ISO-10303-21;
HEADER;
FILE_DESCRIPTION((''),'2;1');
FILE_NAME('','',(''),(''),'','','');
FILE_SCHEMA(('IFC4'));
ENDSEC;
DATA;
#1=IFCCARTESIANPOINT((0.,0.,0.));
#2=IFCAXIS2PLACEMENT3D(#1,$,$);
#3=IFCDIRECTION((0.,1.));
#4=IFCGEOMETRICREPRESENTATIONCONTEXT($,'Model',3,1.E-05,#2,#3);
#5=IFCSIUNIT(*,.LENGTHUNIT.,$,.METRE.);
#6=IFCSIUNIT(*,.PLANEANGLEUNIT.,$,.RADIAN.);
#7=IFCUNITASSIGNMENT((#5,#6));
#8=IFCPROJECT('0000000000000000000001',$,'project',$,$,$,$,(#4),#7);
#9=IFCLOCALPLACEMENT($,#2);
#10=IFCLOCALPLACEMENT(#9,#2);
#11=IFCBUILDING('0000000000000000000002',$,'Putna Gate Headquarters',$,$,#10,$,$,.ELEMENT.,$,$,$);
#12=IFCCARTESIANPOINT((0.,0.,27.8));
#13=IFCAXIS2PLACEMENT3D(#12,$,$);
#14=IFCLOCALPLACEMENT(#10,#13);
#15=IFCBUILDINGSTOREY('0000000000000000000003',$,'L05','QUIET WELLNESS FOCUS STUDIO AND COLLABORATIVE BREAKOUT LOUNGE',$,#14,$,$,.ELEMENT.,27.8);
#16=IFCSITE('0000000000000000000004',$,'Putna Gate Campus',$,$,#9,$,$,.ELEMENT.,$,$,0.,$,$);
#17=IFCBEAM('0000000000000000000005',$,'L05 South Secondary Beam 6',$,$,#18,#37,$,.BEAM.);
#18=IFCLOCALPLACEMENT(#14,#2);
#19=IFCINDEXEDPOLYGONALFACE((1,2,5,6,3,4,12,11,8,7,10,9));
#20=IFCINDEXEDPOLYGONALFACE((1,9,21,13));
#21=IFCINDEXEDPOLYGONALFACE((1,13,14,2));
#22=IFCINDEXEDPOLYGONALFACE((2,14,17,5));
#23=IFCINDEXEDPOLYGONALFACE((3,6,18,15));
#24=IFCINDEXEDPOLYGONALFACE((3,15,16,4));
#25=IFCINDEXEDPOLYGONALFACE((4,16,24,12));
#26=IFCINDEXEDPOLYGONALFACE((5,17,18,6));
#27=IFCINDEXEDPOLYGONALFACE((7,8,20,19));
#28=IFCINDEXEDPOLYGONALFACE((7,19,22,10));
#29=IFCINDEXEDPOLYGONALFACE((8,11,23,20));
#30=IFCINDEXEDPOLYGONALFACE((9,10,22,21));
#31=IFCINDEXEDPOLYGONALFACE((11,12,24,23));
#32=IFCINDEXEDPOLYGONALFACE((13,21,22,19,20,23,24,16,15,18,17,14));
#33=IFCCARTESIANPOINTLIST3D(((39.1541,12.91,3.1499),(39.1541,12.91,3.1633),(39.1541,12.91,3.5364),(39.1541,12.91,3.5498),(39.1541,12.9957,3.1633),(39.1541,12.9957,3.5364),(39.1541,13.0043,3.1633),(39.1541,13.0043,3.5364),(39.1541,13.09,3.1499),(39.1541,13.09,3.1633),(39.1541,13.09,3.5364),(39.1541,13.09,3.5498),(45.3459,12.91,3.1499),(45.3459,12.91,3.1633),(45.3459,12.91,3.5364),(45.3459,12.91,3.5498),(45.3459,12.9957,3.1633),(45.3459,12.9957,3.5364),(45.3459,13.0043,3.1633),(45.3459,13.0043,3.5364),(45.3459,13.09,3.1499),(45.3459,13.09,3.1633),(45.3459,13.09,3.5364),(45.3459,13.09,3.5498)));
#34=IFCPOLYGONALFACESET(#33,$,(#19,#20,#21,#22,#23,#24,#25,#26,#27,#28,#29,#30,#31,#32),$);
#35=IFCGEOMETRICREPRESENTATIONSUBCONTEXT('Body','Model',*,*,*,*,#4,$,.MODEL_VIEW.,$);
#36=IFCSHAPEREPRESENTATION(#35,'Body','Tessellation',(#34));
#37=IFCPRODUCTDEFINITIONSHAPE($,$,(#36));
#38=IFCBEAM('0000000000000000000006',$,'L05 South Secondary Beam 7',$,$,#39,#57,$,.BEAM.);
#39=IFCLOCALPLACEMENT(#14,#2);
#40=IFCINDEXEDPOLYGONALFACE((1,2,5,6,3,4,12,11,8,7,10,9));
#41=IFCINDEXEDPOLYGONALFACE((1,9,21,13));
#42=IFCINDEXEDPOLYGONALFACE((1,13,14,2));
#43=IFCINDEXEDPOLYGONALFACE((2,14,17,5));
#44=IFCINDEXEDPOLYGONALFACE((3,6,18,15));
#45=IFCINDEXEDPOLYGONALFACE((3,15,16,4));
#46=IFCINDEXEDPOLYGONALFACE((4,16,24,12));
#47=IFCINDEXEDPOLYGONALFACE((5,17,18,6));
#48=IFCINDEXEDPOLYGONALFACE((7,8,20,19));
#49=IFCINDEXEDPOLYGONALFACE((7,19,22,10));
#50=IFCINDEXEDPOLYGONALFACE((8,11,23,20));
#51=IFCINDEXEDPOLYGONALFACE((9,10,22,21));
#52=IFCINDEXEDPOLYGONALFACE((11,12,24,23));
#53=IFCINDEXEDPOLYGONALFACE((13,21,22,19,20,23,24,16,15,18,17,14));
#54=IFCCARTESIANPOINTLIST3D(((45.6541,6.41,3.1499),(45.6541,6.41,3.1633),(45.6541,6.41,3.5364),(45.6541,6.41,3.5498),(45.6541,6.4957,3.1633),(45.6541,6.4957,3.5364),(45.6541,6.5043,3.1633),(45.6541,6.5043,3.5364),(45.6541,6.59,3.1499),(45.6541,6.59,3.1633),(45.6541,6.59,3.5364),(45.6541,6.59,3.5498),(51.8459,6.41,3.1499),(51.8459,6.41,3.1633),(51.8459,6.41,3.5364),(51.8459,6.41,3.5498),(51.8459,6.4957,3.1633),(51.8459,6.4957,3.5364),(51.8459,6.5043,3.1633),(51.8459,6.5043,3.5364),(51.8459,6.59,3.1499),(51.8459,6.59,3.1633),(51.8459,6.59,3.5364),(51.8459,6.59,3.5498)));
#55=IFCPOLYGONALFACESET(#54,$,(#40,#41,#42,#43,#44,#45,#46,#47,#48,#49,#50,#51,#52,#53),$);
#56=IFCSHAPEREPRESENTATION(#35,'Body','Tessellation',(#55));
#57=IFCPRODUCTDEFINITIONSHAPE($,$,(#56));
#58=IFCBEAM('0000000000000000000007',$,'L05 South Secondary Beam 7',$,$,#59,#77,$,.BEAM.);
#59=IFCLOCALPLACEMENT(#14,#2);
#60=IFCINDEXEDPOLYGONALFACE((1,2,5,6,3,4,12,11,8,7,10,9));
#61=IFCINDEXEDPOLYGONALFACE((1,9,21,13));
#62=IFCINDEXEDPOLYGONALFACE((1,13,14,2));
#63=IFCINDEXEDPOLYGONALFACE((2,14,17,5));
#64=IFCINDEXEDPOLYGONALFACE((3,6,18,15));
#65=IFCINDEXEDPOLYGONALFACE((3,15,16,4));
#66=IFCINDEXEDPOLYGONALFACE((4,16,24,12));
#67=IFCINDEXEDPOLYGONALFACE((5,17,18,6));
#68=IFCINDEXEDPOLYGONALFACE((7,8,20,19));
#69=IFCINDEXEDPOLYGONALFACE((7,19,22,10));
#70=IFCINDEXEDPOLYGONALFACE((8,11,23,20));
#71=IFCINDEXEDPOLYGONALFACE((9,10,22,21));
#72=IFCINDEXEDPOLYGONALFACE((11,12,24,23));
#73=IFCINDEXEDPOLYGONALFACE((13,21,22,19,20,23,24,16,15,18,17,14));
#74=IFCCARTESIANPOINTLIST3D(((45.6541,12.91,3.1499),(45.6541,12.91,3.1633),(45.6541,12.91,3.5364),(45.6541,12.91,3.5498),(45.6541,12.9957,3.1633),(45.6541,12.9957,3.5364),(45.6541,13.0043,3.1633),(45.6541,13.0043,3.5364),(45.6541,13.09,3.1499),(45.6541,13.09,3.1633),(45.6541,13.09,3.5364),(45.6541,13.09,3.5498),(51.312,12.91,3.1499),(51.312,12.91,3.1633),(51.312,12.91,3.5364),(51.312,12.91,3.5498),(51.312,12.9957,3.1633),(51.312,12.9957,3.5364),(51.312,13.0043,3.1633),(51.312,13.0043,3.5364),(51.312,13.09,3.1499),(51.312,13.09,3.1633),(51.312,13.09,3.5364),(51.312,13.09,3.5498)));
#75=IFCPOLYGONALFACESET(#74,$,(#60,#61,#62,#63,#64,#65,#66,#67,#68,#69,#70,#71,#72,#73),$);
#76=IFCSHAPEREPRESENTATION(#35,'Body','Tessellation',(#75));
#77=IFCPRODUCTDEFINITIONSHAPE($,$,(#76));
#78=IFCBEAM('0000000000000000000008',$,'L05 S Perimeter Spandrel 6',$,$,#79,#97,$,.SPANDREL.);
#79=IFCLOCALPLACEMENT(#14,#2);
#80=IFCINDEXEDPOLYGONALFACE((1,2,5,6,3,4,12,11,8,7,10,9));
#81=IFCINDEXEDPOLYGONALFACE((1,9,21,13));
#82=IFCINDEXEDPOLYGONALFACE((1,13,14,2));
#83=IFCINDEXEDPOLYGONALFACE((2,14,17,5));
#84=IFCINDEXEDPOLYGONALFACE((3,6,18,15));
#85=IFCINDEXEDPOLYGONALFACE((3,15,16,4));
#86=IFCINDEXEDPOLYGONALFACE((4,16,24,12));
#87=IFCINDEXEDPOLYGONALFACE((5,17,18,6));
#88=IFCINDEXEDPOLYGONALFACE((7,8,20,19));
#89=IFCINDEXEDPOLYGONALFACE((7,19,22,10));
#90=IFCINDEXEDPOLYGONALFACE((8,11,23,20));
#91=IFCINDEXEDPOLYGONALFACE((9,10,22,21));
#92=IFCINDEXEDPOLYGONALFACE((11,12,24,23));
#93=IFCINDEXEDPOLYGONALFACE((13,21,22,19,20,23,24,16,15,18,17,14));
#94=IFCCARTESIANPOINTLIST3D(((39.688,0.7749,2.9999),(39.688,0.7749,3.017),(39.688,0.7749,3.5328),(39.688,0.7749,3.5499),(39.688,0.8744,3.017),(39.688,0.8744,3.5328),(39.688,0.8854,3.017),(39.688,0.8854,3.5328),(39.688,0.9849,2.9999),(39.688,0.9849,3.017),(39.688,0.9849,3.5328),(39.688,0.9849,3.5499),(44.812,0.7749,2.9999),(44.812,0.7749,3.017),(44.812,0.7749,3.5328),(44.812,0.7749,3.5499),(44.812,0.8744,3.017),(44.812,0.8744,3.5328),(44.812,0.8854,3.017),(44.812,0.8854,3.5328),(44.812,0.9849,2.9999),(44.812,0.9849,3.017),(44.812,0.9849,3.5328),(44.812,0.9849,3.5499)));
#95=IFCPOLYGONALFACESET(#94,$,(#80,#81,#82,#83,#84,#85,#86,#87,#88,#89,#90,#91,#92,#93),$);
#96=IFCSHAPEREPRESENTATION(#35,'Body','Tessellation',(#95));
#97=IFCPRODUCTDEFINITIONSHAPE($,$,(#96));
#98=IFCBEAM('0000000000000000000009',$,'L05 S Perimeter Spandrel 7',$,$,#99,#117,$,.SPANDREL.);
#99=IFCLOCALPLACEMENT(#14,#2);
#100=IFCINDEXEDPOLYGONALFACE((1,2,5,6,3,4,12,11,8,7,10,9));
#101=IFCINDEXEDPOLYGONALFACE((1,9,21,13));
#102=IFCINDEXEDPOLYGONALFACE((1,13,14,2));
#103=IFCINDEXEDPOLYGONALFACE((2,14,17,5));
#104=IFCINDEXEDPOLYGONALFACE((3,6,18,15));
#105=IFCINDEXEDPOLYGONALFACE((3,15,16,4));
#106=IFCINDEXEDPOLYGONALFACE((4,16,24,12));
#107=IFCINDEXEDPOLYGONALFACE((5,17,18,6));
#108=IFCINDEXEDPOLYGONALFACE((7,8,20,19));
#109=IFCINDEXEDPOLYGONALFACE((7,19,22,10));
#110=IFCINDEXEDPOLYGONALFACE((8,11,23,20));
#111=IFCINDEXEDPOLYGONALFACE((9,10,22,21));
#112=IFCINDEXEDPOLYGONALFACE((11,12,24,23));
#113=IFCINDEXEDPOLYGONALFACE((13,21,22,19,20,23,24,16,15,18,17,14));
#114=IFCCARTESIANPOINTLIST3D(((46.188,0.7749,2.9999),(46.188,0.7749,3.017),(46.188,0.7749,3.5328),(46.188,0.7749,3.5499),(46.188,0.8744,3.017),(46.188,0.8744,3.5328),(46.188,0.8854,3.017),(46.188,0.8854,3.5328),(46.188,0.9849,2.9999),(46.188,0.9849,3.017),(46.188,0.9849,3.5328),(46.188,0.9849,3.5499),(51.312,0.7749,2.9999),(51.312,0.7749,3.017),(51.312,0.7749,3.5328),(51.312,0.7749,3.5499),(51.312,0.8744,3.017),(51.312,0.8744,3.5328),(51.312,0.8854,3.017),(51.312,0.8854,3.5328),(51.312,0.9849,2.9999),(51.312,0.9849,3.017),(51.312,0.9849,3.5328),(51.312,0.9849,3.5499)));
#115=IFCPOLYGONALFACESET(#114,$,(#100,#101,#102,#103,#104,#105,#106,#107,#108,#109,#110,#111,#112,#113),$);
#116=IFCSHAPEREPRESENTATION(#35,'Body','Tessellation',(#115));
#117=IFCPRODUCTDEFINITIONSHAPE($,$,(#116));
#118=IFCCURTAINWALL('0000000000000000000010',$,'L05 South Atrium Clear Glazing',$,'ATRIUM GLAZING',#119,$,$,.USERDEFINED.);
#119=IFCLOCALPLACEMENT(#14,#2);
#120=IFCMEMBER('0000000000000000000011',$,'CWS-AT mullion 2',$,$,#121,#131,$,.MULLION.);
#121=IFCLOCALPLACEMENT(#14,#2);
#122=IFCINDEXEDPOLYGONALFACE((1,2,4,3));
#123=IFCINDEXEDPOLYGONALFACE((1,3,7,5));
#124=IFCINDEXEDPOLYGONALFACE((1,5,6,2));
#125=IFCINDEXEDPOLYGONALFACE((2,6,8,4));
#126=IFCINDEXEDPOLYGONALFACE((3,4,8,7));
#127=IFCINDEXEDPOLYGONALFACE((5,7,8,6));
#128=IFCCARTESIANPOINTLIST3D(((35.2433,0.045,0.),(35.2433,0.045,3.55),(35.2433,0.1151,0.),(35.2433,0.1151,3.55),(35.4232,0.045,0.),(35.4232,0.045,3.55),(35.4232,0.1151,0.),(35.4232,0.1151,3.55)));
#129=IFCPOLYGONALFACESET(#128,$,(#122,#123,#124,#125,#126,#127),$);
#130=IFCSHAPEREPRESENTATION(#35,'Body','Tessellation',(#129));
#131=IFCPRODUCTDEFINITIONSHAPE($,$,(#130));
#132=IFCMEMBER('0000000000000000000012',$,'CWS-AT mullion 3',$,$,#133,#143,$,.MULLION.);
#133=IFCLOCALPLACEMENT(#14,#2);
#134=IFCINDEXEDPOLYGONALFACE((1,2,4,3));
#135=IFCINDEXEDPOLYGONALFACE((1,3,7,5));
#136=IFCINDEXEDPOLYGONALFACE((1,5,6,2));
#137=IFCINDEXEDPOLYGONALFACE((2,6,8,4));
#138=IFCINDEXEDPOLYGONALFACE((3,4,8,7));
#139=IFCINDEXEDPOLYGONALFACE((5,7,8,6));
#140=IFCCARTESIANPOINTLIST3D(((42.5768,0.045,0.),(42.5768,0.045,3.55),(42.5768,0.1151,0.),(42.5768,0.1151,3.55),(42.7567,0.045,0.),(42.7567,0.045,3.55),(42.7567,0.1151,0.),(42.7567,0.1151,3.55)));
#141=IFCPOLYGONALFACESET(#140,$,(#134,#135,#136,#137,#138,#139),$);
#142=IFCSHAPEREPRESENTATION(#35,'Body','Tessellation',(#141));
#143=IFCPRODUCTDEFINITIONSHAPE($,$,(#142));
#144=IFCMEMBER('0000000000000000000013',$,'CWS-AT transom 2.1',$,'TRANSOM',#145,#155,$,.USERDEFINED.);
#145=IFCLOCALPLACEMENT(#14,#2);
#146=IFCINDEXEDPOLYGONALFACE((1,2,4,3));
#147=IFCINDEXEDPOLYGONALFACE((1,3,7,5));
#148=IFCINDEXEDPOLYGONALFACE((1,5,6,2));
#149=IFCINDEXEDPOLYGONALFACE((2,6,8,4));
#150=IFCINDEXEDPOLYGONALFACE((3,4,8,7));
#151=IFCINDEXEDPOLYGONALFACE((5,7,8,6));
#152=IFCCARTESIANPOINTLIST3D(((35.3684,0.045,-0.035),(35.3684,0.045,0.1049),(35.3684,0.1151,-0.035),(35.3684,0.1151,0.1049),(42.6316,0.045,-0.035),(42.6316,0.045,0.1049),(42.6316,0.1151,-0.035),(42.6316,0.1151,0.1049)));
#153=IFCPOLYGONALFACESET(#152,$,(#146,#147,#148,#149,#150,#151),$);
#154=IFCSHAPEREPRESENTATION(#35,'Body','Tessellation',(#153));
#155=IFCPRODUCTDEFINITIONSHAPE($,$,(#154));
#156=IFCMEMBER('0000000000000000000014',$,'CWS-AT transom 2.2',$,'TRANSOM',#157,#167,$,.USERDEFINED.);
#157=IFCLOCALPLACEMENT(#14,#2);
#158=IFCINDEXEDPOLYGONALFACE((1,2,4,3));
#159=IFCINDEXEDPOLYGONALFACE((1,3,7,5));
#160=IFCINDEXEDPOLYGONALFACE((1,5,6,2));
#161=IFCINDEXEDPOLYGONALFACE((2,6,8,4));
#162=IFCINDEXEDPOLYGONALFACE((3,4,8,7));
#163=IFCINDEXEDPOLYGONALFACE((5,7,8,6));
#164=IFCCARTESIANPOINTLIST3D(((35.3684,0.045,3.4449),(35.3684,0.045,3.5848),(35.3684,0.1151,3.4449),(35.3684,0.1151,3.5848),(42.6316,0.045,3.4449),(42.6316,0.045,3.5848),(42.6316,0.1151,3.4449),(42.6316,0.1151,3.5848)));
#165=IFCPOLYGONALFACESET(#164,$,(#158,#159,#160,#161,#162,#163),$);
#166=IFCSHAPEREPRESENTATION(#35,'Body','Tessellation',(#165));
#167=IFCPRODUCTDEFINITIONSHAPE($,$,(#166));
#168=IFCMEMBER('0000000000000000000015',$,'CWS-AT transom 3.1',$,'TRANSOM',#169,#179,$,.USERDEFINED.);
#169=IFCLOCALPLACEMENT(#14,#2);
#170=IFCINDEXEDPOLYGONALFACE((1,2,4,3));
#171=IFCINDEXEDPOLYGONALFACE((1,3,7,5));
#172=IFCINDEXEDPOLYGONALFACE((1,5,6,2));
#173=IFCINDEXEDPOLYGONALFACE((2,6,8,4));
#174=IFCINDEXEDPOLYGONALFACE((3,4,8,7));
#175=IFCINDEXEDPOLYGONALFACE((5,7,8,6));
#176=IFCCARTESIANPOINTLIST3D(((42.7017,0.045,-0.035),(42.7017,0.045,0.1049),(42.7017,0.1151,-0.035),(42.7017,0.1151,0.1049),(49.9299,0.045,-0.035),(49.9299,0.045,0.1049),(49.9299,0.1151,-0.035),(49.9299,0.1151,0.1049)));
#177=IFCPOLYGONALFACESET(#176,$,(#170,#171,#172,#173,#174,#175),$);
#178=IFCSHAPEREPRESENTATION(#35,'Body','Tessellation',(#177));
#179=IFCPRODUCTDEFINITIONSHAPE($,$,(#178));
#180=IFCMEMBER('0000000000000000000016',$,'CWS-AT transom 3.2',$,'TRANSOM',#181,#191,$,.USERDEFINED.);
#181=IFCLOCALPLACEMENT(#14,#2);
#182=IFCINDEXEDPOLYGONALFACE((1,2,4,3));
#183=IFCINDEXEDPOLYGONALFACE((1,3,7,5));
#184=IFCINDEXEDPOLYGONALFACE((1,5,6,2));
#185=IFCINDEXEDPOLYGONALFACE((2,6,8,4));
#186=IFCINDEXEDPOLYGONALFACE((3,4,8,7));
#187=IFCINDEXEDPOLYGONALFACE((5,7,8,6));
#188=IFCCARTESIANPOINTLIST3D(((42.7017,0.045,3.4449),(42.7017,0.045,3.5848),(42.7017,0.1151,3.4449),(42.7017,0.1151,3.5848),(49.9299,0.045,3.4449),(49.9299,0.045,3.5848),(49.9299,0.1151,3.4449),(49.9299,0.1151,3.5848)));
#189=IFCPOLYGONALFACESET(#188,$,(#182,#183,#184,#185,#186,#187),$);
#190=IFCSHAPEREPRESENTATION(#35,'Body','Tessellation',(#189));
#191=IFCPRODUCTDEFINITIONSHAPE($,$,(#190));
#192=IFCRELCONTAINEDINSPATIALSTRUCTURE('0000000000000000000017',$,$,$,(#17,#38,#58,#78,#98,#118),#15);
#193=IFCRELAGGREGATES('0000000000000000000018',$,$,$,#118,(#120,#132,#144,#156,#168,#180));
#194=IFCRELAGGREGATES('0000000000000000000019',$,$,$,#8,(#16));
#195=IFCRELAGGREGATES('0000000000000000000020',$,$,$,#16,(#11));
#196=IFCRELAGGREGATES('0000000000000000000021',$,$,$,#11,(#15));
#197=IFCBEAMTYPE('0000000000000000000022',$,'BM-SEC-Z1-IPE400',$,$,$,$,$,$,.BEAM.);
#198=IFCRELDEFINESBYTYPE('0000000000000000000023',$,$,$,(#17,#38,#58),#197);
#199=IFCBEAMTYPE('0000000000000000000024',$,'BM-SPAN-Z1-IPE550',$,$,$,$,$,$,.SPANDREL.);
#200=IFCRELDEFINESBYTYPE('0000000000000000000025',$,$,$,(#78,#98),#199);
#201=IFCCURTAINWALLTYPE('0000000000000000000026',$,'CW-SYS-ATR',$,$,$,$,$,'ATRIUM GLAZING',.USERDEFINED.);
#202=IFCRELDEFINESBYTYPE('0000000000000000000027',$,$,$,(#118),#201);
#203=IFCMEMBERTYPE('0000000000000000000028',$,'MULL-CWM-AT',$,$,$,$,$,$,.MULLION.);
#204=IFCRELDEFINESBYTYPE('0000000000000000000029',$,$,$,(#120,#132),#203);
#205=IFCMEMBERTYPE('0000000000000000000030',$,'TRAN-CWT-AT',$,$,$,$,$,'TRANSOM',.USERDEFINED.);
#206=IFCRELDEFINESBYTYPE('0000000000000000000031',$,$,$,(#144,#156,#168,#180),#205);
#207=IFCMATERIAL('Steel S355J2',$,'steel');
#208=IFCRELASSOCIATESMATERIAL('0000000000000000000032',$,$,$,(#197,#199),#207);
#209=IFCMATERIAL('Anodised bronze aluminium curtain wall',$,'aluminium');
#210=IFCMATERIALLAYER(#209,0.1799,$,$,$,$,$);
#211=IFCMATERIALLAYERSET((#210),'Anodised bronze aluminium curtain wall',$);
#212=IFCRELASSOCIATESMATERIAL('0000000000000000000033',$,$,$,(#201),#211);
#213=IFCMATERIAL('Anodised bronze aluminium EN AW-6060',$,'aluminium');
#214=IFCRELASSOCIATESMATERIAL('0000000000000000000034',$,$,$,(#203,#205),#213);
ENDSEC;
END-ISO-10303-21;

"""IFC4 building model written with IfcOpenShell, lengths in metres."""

from ifc_helpers import new_model, si_unit, direction, frame, origin, origin_2d, place, context, subcontext, project, spatial, rectangle, i_section, extrude, material, layer, layer_set, material_profile, profile_set, type_object, element, aggregate, save


model = new_model("IFC4")

# Units and contexts
model_context = context("Model", 3, precision=1e-05, world=origin(), true_north=direction((0.0, 1.0)))
body_context = subcontext(model_context, "Body", "Model", "MODEL_VIEW")
ifc_project = project(units=[si_unit("LENGTHUNIT", "METRE"), si_unit("PLANEANGLEUNIT", "RADIAN")], contexts=[model_context])

# Site, building, storey
site_placement = place(None, origin())
site = spatial("IfcSite", under=ifc_project, at=site_placement, Name="Putna Gate Campus", CompositionType="ELEMENT", RefElevation=0.0)
building_placement = place(site_placement, origin())
building = spatial("IfcBuilding", under=site, at=building_placement, Name="Putna Gate Headquarters", CompositionType="ELEMENT")
storey_placement = place(building_placement, frame((0.0, 0.0, 27.8)))
storey = spatial("IfcBuildingStorey", under=building, at=storey_placement, Name="L05", Description="QUIET WELLNESS FOCUS STUDIO AND COLLABORATIVE BREAKOUT LOUNGE", CompositionType="ELEMENT", Elevation=27.8)

# Beams
ifc_material_1 = material(Name="Steel S355J2", Category="steel")
ifc_material_profile_1 = material_profile(ifc_material_1, i_section(OverallWidth=0.1799, OverallDepth=0.3999, WebThickness=0.0085, FlangeThickness=0.0134, at=origin_2d()), Name="Steel S355J2")
ifc_profile_set_1 = profile_set([ifc_material_profile_1], Name="Steel S355J2")
beam_type_1 = type_object("IfcBeamType", Name="BM-SEC-Z1-IPE400", PredefinedType="BEAM", material=ifc_profile_set_1)
for number, where, z_axis, x_axis, name in (
    (1, (39.1541, 13.0, 3.3499), (1.0, 0.0, 0.0), (0.0, 1.0, 0.0), "L05 South Secondary Beam 6"),
    (2, (45.6541, 6.5, 3.3499), (1.0, 0.0, 0.0), (0.0, 1.0, 0.0), "L05 South Secondary Beam 7"),
):
    element("IfcBeam", number, at=place(storey_placement, frame(where, z_axis=z_axis, x_axis=x_axis)), inside=storey, type_object=beam_type_1, Name=name, PredefinedType="BEAM", context=body_context, shape_type="SweptSolid", body=[
        extrude(i_section(OverallWidth=0.1799, OverallDepth=0.3999, WebThickness=0.0085, FlangeThickness=0.0134, at=origin_2d()), origin(), (0.0, 0.0, 1.0), 6.1919),
    ])
beam_1_placement = place(storey_placement, frame((45.6541, 13.0, 3.3499), z_axis=(1.0, 0.0, 0.0), x_axis=(0.0, 1.0, 0.0)))
element("IfcBeam", 3, at=beam_1_placement, inside=storey, type_object=beam_type_1, Name="L05 South Secondary Beam 7", PredefinedType="BEAM", context=body_context, shape_type="SweptSolid", body=[
    extrude(i_section(OverallWidth=0.1799, OverallDepth=0.3999, WebThickness=0.0085, FlangeThickness=0.0134, at=origin_2d()), origin(), (0.0, 0.0, 1.0), 5.658),
])
ifc_material_profile_2 = material_profile(ifc_material_1, i_section(OverallWidth=0.21, OverallDepth=0.55, WebThickness=0.011, FlangeThickness=0.0171, at=origin_2d()), Name="Steel S355J2")
ifc_profile_set_2 = profile_set([ifc_material_profile_2], Name="Steel S355J2")
beam_type_2 = type_object("IfcBeamType", Name="BM-SPAN-Z1-IPE550", PredefinedType="SPANDREL", material=ifc_profile_set_2)
for number, where, z_axis, x_axis, name in (
    (4, (39.688, 0.8799, 3.2749), (1.0, 0.0, 0.0), (0.0, 1.0, 0.0), "L05 S Perimeter Spandrel 6"),
    (5, (46.188, 0.8799, 3.2749), (1.0, 0.0, 0.0), (0.0, 1.0, 0.0), "L05 S Perimeter Spandrel 7"),
):
    element("IfcBeam", number, at=place(storey_placement, frame(where, z_axis=z_axis, x_axis=x_axis)), inside=storey, type_object=beam_type_2, Name=name, PredefinedType="SPANDREL", context=body_context, shape_type="SweptSolid", body=[
        extrude(i_section(OverallWidth=0.21, OverallDepth=0.55, WebThickness=0.011, FlangeThickness=0.0171, at=origin_2d()), origin(), (0.0, 0.0, 1.0), 5.124),
    ])

# Curtain wall, members
ifc_material_2 = material(Name="Anodised bronze aluminium curtain wall", Category="aluminium")
ifc_layer_1 = layer(ifc_material_2, 0.1799)
ifc_layer_set_1 = layer_set([ifc_layer_1], Name="Anodised bronze aluminium curtain wall")
curtain_wall_type = type_object("IfcCurtainWallType", Name="CW-SYS-ATR", ElementType="ATRIUM GLAZING", PredefinedType="USERDEFINED", material=ifc_layer_set_1)
curtain_wall_placement = place(storey_placement, origin())
curtain_wall = element("IfcCurtainWall", 6, at=curtain_wall_placement, inside=storey, type_object=curtain_wall_type, Name="L05 South Atrium Clear Glazing", ObjectType="ATRIUM GLAZING", PredefinedType="USERDEFINED")
ifc_material_3 = material(Name="Anodised bronze aluminium EN AW-6060", Category="aluminium")
ifc_material_profile_3 = material_profile(ifc_material_3, rectangle(XDim=0.0701, YDim=0.1799, at=origin_2d()), Name="Anodised bronze aluminium EN AW-6060")
ifc_profile_set_3 = profile_set([ifc_material_profile_3], Name="Anodised bronze aluminium EN AW-6060")
member_type_1 = type_object("IfcMemberType", Name="MULL-CWM-AT", PredefinedType="MULLION", material=ifc_profile_set_3)
member_1_placement = place(storey_placement, frame((35.3333, 0.0801, 0.0), z_axis=(0.0, 0.0, 1.0), x_axis=(0.0, 1.0, 0.0)))
member_1 = element("IfcMember", 7, at=member_1_placement, type_object=member_type_1, Name="CWS-AT mullion 2", PredefinedType="MULLION", context=body_context, shape_type="SweptSolid", body=[
    extrude(rectangle(XDim=0.0701, YDim=0.1799, at=origin_2d()), origin(), (0.0, 0.0, 1.0), 3.55),
])
member_2_placement = place(storey_placement, frame((42.6667, 0.0801, 0.0), z_axis=(0.0, 0.0, 1.0), x_axis=(0.0, 1.0, 0.0)))
member_2 = element("IfcMember", 8, at=member_2_placement, type_object=member_type_1, Name="CWS-AT mullion 3", PredefinedType="MULLION", context=body_context, shape_type="SweptSolid", body=[
    extrude(rectangle(XDim=0.0701, YDim=0.1799, at=origin_2d()), origin(), (0.0, 0.0, 1.0), 3.55),
])
ifc_material_profile_4 = material_profile(ifc_material_3, rectangle(XDim=0.0701, YDim=0.1399, at=origin_2d()), Name="Anodised bronze aluminium EN AW-6060")
ifc_profile_set_4 = profile_set([ifc_material_profile_4], Name="Anodised bronze aluminium EN AW-6060")
member_type_2 = type_object("IfcMemberType", Name="TRAN-CWT-AT", ElementType="TRANSOM", PredefinedType="USERDEFINED", material=ifc_profile_set_4)
member_3_placement = place(storey_placement, frame((35.3684, 0.0801, 0.0349), z_axis=(1.0, 0.0, 0.0), x_axis=(0.0, 1.0, 0.0)))
member_3 = element("IfcMember", 9, at=member_3_placement, type_object=member_type_2, Name="CWS-AT transom 2.1", ObjectType="TRANSOM", PredefinedType="USERDEFINED", context=body_context, shape_type="SweptSolid", body=[
    extrude(rectangle(XDim=0.0701, YDim=0.1399, at=origin_2d()), origin(), (0.0, 0.0, 1.0), 7.2632),
])
member_4_placement = place(storey_placement, frame((35.3684, 0.0801, 3.5149), z_axis=(1.0, 0.0, 0.0), x_axis=(0.0, 1.0, 0.0)))
member_4 = element("IfcMember", 10, at=member_4_placement, type_object=member_type_2, Name="CWS-AT transom 2.2", ObjectType="TRANSOM", PredefinedType="USERDEFINED", context=body_context, shape_type="SweptSolid", body=[
    extrude(rectangle(XDim=0.0701, YDim=0.1399, at=origin_2d()), origin(), (0.0, 0.0, 1.0), 7.2632),
])
member_5_placement = place(storey_placement, frame((42.7017, 0.0801, 0.0349), z_axis=(1.0, 0.0, 0.0), x_axis=(0.0, 1.0, 0.0)))
member_5 = element("IfcMember", 11, at=member_5_placement, type_object=member_type_2, Name="CWS-AT transom 3.1", ObjectType="TRANSOM", PredefinedType="USERDEFINED", context=body_context, shape_type="SweptSolid", body=[
    extrude(rectangle(XDim=0.0701, YDim=0.1399, at=origin_2d()), origin(), (0.0, 0.0, 1.0), 7.2283),
])
member_6_placement = place(storey_placement, frame((42.7017, 0.0801, 3.5149), z_axis=(1.0, 0.0, 0.0), x_axis=(0.0, 1.0, 0.0)))
member_6 = element("IfcMember", 12, at=member_6_placement, type_object=member_type_2, Name="CWS-AT transom 3.2", ObjectType="TRANSOM", PredefinedType="USERDEFINED", context=body_context, shape_type="SweptSolid", body=[
    extrude(rectangle(XDim=0.0701, YDim=0.1399, at=origin_2d()), origin(), (0.0, 0.0, 1.0), 7.2283),
])
aggregate(curtain_wall, [member_1, member_2, member_3, member_4, member_5, member_6])

save(model, "model.ifc")
